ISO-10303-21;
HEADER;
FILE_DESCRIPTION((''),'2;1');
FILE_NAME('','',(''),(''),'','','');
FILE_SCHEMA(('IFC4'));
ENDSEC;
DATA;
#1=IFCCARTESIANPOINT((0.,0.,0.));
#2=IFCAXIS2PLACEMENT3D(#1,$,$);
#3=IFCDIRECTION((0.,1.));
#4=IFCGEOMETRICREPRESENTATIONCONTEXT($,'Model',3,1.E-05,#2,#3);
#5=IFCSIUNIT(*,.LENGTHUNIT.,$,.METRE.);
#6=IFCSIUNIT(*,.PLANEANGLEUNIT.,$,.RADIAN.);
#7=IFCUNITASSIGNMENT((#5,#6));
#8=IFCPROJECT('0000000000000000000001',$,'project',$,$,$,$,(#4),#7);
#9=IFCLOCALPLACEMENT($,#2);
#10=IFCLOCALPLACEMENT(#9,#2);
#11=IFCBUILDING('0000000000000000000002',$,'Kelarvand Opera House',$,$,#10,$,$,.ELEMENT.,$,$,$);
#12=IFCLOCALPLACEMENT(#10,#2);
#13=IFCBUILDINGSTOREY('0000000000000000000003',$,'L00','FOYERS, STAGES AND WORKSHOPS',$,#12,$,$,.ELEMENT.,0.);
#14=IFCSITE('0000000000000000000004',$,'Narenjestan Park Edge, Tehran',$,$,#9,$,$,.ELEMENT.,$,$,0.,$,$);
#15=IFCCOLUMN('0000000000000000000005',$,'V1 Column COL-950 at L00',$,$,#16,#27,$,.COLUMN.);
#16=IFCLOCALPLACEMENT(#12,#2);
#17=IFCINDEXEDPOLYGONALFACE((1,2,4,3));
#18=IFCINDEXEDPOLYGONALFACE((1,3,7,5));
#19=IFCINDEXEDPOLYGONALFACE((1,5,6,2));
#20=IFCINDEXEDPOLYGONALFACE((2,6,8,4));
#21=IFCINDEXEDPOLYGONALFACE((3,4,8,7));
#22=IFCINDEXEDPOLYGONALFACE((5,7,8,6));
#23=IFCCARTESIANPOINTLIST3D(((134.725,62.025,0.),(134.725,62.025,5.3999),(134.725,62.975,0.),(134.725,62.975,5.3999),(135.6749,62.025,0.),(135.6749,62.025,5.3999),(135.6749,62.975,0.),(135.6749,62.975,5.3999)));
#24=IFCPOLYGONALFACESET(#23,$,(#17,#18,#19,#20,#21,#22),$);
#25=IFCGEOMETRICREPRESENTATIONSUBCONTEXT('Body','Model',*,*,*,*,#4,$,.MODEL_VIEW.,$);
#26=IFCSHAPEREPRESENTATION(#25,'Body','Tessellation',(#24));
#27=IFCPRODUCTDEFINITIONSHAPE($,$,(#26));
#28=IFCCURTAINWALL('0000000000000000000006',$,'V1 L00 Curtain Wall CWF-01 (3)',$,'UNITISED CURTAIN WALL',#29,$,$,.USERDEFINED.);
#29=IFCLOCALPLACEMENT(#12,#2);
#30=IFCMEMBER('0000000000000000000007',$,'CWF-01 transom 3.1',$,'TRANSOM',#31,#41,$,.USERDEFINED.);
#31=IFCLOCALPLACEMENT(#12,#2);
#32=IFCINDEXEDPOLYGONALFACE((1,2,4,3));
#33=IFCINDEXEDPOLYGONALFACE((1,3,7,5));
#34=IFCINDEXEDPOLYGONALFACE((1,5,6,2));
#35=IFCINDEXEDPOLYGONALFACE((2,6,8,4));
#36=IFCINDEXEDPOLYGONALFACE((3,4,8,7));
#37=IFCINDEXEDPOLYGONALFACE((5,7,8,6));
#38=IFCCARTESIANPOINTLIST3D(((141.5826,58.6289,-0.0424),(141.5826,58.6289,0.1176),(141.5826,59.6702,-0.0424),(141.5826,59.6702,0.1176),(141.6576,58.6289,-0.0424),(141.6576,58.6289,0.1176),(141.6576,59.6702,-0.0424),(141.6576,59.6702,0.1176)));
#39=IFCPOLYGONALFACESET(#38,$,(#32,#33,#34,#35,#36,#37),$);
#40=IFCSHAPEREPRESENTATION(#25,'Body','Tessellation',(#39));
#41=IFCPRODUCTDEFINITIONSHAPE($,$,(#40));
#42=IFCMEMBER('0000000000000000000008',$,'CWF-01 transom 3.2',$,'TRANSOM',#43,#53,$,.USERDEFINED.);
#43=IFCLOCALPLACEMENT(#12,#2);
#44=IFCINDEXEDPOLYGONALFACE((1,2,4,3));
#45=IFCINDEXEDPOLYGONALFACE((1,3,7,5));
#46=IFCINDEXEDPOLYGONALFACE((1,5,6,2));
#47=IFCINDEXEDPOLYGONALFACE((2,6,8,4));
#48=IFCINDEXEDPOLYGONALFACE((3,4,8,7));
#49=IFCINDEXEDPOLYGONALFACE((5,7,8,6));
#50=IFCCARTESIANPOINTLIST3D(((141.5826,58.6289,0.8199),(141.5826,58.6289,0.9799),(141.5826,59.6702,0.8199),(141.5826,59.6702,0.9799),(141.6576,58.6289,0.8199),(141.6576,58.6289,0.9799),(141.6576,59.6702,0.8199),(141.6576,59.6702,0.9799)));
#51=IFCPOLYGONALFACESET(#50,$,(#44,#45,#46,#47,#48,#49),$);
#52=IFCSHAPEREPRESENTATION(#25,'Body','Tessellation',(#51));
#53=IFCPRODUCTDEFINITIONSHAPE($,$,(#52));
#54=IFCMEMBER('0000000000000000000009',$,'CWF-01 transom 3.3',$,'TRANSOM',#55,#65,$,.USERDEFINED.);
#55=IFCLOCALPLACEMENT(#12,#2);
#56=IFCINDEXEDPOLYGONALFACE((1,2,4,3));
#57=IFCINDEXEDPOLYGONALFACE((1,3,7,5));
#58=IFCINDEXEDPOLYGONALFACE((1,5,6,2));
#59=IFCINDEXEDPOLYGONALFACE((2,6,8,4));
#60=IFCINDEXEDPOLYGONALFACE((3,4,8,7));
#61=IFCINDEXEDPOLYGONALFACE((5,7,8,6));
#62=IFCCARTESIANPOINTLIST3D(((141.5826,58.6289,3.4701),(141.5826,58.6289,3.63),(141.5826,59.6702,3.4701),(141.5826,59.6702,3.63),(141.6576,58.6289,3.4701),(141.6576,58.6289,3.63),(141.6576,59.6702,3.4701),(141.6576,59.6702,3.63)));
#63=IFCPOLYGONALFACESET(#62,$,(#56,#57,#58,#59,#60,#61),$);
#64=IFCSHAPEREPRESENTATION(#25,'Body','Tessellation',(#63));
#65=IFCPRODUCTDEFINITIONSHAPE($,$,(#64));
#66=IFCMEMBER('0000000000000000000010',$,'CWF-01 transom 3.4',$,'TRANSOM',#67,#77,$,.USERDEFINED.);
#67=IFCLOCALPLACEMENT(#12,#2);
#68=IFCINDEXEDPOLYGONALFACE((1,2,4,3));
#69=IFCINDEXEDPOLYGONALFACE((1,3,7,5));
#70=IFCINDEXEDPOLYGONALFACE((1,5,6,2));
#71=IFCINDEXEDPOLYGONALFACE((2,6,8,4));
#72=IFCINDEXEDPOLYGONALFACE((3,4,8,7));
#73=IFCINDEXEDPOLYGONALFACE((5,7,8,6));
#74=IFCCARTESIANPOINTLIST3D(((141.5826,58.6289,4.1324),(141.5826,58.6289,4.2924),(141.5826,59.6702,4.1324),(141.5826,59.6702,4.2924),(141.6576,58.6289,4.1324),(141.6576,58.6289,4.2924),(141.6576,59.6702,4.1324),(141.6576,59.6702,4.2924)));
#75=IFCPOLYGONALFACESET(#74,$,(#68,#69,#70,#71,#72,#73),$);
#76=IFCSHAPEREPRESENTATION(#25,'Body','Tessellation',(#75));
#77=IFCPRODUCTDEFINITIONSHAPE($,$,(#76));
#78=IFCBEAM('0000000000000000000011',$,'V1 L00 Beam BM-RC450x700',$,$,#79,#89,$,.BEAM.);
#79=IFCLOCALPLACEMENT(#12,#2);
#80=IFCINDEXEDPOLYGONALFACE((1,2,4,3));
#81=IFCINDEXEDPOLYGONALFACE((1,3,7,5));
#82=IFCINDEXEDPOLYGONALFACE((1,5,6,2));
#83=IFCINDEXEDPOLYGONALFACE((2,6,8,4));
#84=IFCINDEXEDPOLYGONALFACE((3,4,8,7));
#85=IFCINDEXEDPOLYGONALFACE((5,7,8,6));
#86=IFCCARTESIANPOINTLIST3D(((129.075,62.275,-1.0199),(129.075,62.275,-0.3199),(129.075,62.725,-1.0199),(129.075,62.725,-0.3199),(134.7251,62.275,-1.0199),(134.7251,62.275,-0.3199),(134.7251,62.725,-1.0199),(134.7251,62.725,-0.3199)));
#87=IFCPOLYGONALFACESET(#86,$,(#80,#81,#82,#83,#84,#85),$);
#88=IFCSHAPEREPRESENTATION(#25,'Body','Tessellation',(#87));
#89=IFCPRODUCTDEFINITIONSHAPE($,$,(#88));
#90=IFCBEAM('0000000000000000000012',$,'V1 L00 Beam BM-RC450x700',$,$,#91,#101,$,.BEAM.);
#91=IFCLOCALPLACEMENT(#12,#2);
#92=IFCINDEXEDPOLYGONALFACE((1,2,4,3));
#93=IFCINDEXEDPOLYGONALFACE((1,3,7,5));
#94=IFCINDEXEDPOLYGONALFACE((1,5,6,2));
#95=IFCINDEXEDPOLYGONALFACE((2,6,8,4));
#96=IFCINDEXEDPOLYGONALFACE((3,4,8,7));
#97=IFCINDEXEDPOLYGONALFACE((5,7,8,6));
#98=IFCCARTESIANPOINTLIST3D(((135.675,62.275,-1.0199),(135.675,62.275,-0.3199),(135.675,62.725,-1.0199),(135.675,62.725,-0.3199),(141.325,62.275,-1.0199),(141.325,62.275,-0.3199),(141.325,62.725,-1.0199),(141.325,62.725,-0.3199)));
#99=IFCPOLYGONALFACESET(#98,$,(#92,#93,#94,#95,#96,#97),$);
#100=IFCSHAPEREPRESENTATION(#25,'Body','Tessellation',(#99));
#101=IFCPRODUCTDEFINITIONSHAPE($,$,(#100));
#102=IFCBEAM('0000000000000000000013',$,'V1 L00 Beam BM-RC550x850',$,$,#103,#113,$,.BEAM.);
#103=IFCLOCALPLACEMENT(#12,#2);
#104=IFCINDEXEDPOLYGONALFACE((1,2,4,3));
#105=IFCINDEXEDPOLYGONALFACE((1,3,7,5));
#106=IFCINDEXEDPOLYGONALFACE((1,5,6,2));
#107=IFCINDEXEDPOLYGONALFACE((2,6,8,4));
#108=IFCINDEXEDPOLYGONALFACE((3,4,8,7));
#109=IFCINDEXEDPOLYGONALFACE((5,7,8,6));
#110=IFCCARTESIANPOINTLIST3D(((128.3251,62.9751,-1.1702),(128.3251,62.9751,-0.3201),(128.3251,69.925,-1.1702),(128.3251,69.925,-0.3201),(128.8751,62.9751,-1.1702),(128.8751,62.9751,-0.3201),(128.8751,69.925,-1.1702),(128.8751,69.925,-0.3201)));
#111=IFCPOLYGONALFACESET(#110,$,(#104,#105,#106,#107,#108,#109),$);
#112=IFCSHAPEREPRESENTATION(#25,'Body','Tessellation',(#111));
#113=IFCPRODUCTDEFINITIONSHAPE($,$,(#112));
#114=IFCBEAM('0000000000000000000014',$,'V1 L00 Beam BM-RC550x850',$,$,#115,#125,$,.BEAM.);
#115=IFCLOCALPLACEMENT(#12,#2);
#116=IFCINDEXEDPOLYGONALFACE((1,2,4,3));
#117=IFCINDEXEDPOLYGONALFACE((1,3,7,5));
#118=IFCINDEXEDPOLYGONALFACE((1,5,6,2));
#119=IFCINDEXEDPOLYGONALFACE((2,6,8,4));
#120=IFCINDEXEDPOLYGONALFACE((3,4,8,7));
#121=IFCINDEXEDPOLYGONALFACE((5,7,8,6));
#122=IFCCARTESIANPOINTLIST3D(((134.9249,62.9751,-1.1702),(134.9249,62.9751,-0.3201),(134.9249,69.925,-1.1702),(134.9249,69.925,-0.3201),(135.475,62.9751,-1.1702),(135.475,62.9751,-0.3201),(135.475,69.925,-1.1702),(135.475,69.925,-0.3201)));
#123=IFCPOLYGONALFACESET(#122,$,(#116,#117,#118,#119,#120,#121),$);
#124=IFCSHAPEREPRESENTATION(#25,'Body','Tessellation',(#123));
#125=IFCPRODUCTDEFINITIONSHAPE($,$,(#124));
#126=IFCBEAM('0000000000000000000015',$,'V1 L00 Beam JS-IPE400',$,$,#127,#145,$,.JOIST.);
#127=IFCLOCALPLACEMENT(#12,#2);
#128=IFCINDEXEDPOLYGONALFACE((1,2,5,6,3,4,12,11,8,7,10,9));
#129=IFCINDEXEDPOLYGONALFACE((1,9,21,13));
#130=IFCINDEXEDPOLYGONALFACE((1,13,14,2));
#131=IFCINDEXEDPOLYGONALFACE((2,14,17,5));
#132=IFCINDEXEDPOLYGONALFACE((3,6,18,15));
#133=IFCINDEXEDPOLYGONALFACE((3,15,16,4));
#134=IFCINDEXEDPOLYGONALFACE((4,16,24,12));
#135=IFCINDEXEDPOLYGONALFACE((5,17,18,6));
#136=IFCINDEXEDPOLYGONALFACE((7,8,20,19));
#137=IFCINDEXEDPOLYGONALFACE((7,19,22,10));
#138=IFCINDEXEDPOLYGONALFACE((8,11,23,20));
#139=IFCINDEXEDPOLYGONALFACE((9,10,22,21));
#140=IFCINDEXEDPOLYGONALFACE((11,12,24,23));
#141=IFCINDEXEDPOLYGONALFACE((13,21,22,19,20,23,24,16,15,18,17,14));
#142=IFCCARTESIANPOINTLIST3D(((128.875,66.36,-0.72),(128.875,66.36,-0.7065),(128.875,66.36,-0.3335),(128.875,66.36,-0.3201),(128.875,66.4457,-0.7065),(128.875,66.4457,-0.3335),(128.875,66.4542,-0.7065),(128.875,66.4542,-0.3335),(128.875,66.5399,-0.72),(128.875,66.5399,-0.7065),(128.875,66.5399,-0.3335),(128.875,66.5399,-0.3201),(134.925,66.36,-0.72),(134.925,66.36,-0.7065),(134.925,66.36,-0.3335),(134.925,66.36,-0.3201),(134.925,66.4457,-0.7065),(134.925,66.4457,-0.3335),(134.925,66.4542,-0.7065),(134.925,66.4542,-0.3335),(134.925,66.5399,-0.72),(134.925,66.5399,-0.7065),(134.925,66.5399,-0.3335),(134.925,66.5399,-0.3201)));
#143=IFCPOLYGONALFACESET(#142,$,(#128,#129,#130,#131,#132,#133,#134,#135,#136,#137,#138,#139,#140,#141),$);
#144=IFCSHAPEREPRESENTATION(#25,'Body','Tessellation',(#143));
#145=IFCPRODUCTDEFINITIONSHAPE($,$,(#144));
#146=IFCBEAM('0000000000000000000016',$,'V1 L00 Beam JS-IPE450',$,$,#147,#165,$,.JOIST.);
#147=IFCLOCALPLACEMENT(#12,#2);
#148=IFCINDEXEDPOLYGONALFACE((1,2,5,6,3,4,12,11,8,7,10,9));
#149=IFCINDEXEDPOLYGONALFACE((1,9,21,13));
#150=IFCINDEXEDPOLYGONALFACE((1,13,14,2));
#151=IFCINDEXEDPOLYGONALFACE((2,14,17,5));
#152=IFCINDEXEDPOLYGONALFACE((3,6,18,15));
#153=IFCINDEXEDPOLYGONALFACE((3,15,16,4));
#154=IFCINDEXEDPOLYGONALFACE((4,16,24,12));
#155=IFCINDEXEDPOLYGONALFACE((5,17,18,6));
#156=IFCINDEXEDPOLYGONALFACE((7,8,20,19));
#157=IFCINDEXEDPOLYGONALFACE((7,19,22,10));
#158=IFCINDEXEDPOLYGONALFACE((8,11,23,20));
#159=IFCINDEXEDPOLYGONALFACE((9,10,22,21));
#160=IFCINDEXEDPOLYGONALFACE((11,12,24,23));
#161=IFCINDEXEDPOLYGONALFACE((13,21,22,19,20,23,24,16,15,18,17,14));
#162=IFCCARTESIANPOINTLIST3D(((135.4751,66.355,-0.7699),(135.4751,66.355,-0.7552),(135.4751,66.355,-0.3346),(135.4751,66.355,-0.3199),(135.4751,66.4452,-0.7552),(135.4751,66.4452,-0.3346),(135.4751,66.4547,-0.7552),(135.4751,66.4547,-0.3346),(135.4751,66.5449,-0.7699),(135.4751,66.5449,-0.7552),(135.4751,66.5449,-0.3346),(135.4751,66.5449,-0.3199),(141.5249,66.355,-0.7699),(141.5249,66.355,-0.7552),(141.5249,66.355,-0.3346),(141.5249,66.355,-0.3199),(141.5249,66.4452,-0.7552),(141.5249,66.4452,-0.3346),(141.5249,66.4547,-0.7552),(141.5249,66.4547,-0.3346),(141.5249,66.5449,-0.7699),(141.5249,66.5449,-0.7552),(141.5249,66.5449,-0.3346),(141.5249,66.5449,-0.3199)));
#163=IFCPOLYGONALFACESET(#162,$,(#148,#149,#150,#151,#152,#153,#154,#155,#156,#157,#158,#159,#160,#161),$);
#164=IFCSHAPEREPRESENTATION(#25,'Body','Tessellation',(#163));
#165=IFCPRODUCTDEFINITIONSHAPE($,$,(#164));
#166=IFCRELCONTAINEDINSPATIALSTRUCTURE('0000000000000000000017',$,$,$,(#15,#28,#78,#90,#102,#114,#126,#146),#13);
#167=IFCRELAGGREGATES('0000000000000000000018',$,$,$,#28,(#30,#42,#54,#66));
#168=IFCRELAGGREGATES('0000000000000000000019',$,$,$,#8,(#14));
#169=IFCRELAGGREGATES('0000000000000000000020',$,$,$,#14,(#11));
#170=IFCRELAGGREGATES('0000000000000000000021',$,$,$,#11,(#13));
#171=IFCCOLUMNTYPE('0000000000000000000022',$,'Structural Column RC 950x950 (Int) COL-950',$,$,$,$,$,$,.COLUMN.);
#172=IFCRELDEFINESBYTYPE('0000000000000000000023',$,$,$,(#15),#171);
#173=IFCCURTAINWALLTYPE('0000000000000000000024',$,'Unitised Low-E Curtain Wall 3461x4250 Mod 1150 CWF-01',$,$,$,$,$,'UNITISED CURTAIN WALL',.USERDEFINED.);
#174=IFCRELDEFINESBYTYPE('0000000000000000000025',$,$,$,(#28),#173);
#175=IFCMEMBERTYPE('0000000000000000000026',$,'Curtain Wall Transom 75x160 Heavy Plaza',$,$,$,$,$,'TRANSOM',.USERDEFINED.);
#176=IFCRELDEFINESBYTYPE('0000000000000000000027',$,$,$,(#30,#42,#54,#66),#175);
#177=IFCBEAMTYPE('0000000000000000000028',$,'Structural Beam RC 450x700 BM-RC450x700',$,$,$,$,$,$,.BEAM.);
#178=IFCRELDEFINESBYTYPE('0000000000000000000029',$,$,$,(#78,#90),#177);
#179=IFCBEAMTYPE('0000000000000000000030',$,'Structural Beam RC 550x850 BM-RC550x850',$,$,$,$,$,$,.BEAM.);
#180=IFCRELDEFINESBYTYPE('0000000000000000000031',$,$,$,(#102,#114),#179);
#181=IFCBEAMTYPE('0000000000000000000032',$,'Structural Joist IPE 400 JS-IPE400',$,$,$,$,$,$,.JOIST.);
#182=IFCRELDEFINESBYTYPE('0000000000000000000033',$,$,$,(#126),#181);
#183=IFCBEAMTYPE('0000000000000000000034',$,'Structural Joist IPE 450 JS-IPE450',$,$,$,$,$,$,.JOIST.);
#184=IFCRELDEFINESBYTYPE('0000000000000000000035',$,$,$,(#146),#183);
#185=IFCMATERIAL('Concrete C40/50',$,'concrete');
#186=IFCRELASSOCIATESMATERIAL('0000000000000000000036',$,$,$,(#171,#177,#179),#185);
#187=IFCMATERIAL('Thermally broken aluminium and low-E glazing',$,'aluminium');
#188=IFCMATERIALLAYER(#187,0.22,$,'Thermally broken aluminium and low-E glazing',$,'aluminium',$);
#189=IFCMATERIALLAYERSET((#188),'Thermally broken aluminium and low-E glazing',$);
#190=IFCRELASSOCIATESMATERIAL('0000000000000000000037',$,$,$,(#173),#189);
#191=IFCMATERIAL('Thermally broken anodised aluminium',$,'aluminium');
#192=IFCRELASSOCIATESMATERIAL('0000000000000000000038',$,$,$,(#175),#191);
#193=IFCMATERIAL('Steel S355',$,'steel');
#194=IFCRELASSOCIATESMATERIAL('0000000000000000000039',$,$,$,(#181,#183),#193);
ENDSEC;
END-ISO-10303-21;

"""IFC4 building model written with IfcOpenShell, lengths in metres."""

from ifc_helpers import new_model, si_unit, direction, frame, origin, origin_2d, place, context, subcontext, project, spatial, rectangle, i_section, extrude, material, layer, layer_set, material_profile, profile_set, type_object, element, aggregate, save


model = new_model("IFC4")

# Units and contexts
model_context = context("Model", 3, precision=1e-05, world=origin(), true_north=direction((0.0, 1.0)))
body_context = subcontext(model_context, "Body", "Model", "MODEL_VIEW")
ifc_project = project(units=[si_unit("LENGTHUNIT", "METRE"), si_unit("PLANEANGLEUNIT", "RADIAN")], contexts=[model_context])

# Site, building, storey
site_placement = place(None, origin())
site = spatial("IfcSite", under=ifc_project, at=site_placement, Name="Narenjestan Park Edge, Tehran", CompositionType="ELEMENT", RefElevation=0.0)
building_placement = place(site_placement, origin())
building = spatial("IfcBuilding", under=site, at=building_placement, Name="Kelarvand Opera House", CompositionType="ELEMENT")
storey_placement = place(building_placement, origin())
storey = spatial("IfcBuildingStorey", under=building, at=storey_placement, Name="L00", Description="FOYERS, STAGES AND WORKSHOPS", CompositionType="ELEMENT", Elevation=0.0)

# Column
ifc_material_1 = material(Name="Concrete C40/50", Category="concrete")
ifc_material_profile_1 = material_profile(ifc_material_1, rectangle(XDim=0.95, YDim=0.95, at=origin_2d()), Name="RC 950x950", Category="concrete")
ifc_profile_set_1 = profile_set([ifc_material_profile_1], Name="Concrete C40/50")
column_type = type_object("IfcColumnType", Name="Structural Column RC 950x950 (Int) COL-950", PredefinedType="COLUMN", material=ifc_profile_set_1)
column_placement = place(storey_placement, frame((135.2, 62.5, 0.0), z_axis=(0.0, 0.0, 1.0), x_axis=(1.0, 0.0, 0.0)))
element("IfcColumn", 1, at=column_placement, inside=storey, type_object=column_type, Name="V1 Column COL-950 at L00", PredefinedType="COLUMN", context=body_context, shape_type="SweptSolid", body=[
    extrude(rectangle(XDim=0.95, YDim=0.95, at=origin_2d()), origin(), (0.0, 0.0, 1.0), 5.3999),
])

# Curtain wall, members
ifc_material_2 = material(Name="Thermally broken aluminium and low-E glazing", Category="aluminium")
ifc_layer_1 = layer(ifc_material_2, 0.22, Name="Thermally broken aluminium and low-E glazing", Category="aluminium")
ifc_layer_set_1 = layer_set([ifc_layer_1], Name="Thermally broken aluminium and low-E glazing")
curtain_wall_type = type_object("IfcCurtainWallType", Name="Unitised Low-E Curtain Wall 3461x4250 Mod 1150 CWF-01", ElementType="UNITISED CURTAIN WALL", PredefinedType="USERDEFINED", material=ifc_layer_set_1)
curtain_wall_placement = place(storey_placement, origin())
curtain_wall = element("IfcCurtainWall", 2, at=curtain_wall_placement, inside=storey, type_object=curtain_wall_type, Name="V1 L00 Curtain Wall CWF-01 (3)", ObjectType="UNITISED CURTAIN WALL", PredefinedType="USERDEFINED")
ifc_material_3 = material(Name="Thermally broken anodised aluminium", Category="aluminium")
ifc_material_profile_2 = material_profile(ifc_material_3, rectangle(XDim=0.075, YDim=0.1599, at=origin_2d()), Name="ALU TRANSOM 75x160", Category="aluminium")
ifc_profile_set_2 = profile_set([ifc_material_profile_2], Name="Thermally broken anodised aluminium")
member_type_1 = type_object("IfcMemberType", Name="Curtain Wall Transom 75x160 Heavy Plaza", ElementType="TRANSOM", PredefinedType="USERDEFINED", material=ifc_profile_set_2)
member_1_placement = place(storey_placement, frame((141.6201, 59.6702, 0.0376), z_axis=(0.0, -1.0, 0.0), x_axis=(1.0, 0.0, 0.0)))
member_1 = element("IfcMember", 3, at=member_1_placement, type_object=member_type_1, Name="CWF-01 transom 3.1", ObjectType="TRANSOM", PredefinedType="USERDEFINED", context=body_context, shape_type="SweptSolid", body=[
    extrude(rectangle(XDim=0.075, YDim=0.1599, at=origin_2d()), origin(), (0.0, 0.0, 1.0), 1.0413),
])
member_2_placement = place(storey_placement, frame((141.6201, 59.6702, 0.8999), z_axis=(0.0, -1.0, 0.0), x_axis=(1.0, 0.0, 0.0)))
member_2 = element("IfcMember", 4, at=member_2_placement, type_object=member_type_1, Name="CWF-01 transom 3.2", ObjectType="TRANSOM", PredefinedType="USERDEFINED", context=body_context, shape_type="SweptSolid", body=[
    extrude(rectangle(XDim=0.075, YDim=0.1599, at=origin_2d()), origin(), (0.0, 0.0, 1.0), 1.0413),
])
member_3_placement = place(storey_placement, frame((141.6201, 59.6702, 3.55), z_axis=(0.0, -1.0, 0.0), x_axis=(1.0, 0.0, 0.0)))
member_3 = element("IfcMember", 5, at=member_3_placement, type_object=member_type_1, Name="CWF-01 transom 3.3", ObjectType="TRANSOM", PredefinedType="USERDEFINED", context=body_context, shape_type="SweptSolid", body=[
    extrude(rectangle(XDim=0.075, YDim=0.1599, at=origin_2d()), origin(), (0.0, 0.0, 1.0), 1.0413),
])
member_4_placement = place(storey_placement, frame((141.6201, 59.6702, 4.2124), z_axis=(0.0, -1.0, 0.0), x_axis=(1.0, 0.0, 0.0)))
member_4 = element("IfcMember", 6, at=member_4_placement, type_object=member_type_1, Name="CWF-01 transom 3.4", ObjectType="TRANSOM", PredefinedType="USERDEFINED", context=body_context, shape_type="SweptSolid", body=[
    extrude(rectangle(XDim=0.075, YDim=0.1599, at=origin_2d()), origin(), (0.0, 0.0, 1.0), 1.0413),
])

# Beams
ifc_material_profile_3 = material_profile(ifc_material_1, rectangle(XDim=0.45, YDim=0.7, at=origin_2d()), Name="RC 450x700", Category="concrete")
ifc_profile_set_3 = profile_set([ifc_material_profile_3], Name="Concrete C40/50")
beam_type_1 = type_object("IfcBeamType", Name="Structural Beam RC 450x700 BM-RC450x700", PredefinedType="BEAM", material=ifc_profile_set_3)
beam_1_placement = place(storey_placement, frame((129.075, 62.5, -0.6699), z_axis=(1.0, 0.0, 0.0), x_axis=(0.0, 1.0, 0.0)))
element("IfcBeam", 7, at=beam_1_placement, inside=storey, type_object=beam_type_1, Name="V1 L00 Beam BM-RC450x700", PredefinedType="BEAM", context=body_context, shape_type="SweptSolid", body=[
    extrude(rectangle(XDim=0.45, YDim=0.7, at=origin_2d()), origin(), (0.0, 0.0, 1.0), 5.6501),
])
beam_2_placement = place(storey_placement, frame((135.675, 62.5, -0.6699), z_axis=(1.0, 0.0, 0.0), x_axis=(0.0, 1.0, 0.0)))
element("IfcBeam", 8, at=beam_2_placement, inside=storey, type_object=beam_type_1, Name="V1 L00 Beam BM-RC450x700", PredefinedType="BEAM", context=body_context, shape_type="SweptSolid", body=[
    extrude(rectangle(XDim=0.45, YDim=0.7, at=origin_2d()), origin(), (0.0, 0.0, 1.0), 5.6499),
])
ifc_material_profile_4 = material_profile(ifc_material_1, rectangle(XDim=0.55, YDim=0.8501, at=origin_2d()), Name="RC 550x850", Category="concrete")
ifc_profile_set_4 = profile_set([ifc_material_profile_4], Name="Concrete C40/50")
beam_type_2 = type_object("IfcBeamType", Name="Structural Beam RC 550x850 BM-RC550x850", PredefinedType="BEAM", material=ifc_profile_set_4)
for number, where, z_axis, x_axis, name in (
    (9, (128.6001, 62.9751, -0.7451), (0.0, 1.0, 0.0), (-1.0, 0.0, 0.0), "V1 L00 Beam BM-RC550x850"),
    (10, (135.2, 62.9751, -0.7451), (0.0, 1.0, 0.0), (-1.0, 0.0, 0.0), "V1 L00 Beam BM-RC550x850"),
):
    element("IfcBeam", number, at=place(storey_placement, frame(where, z_axis=z_axis, x_axis=x_axis)), inside=storey, type_object=beam_type_2, Name=name, PredefinedType="BEAM", context=body_context, shape_type="SweptSolid", body=[
        extrude(rectangle(XDim=0.55, YDim=0.8501, at=origin_2d()), origin(), (0.0, 0.0, 1.0), 6.95),
    ])
ifc_material_4 = material(Name="Steel S355", Category="steel")
ifc_material_profile_5 = material_profile(ifc_material_4, i_section(OverallWidth=0.1799, OverallDepth=0.3999, WebThickness=0.0085, FlangeThickness=0.0134, at=origin_2d()), Name="IPE 400", Category="steel")
ifc_profile_set_5 = profile_set([ifc_material_profile_5], Name="Steel S355")
beam_type_3 = type_object("IfcBeamType", Name="Structural Joist IPE 400 JS-IPE400", PredefinedType="JOIST", material=ifc_profile_set_5)
beam_3_placement = place(storey_placement, frame((128.875, 66.45, -0.52), z_axis=(1.0, 0.0, 0.0), x_axis=(0.0, 1.0, 0.0)))
element("IfcBeam", 11, at=beam_3_placement, inside=storey, type_object=beam_type_3, Name="V1 L00 Beam JS-IPE400", PredefinedType="JOIST", context=body_context, shape_type="SweptSolid", body=[
    extrude(i_section(OverallWidth=0.1799, OverallDepth=0.3999, WebThickness=0.0085, FlangeThickness=0.0134, at=origin_2d()), origin(), (0.0, 0.0, 1.0), 6.05),
])
ifc_material_profile_6 = material_profile(ifc_material_4, i_section(OverallWidth=0.1899, OverallDepth=0.45, WebThickness=0.0095, FlangeThickness=0.0146, at=origin_2d()), Name="IPE 450", Category="steel")
ifc_profile_set_6 = profile_set([ifc_material_profile_6], Name="Steel S355")
beam_type_4 = type_object("IfcBeamType", Name="Structural Joist IPE 450 JS-IPE450", PredefinedType="JOIST", material=ifc_profile_set_6)
beam_4_placement = place(storey_placement, frame((135.4751, 66.45, -0.5449), z_axis=(1.0, 0.0, 0.0), x_axis=(0.0, 1.0, 0.0)))
element("IfcBeam", 12, at=beam_4_placement, inside=storey, type_object=beam_type_4, Name="V1 L00 Beam JS-IPE450", PredefinedType="JOIST", context=body_context, shape_type="SweptSolid", body=[
    extrude(i_section(OverallWidth=0.1899, OverallDepth=0.45, WebThickness=0.0095, FlangeThickness=0.0146, at=origin_2d()), origin(), (0.0, 0.0, 1.0), 6.0498),
])

aggregate(curtain_wall, [member_1, member_2, member_3, member_4])

save(model, "model.ifc")
